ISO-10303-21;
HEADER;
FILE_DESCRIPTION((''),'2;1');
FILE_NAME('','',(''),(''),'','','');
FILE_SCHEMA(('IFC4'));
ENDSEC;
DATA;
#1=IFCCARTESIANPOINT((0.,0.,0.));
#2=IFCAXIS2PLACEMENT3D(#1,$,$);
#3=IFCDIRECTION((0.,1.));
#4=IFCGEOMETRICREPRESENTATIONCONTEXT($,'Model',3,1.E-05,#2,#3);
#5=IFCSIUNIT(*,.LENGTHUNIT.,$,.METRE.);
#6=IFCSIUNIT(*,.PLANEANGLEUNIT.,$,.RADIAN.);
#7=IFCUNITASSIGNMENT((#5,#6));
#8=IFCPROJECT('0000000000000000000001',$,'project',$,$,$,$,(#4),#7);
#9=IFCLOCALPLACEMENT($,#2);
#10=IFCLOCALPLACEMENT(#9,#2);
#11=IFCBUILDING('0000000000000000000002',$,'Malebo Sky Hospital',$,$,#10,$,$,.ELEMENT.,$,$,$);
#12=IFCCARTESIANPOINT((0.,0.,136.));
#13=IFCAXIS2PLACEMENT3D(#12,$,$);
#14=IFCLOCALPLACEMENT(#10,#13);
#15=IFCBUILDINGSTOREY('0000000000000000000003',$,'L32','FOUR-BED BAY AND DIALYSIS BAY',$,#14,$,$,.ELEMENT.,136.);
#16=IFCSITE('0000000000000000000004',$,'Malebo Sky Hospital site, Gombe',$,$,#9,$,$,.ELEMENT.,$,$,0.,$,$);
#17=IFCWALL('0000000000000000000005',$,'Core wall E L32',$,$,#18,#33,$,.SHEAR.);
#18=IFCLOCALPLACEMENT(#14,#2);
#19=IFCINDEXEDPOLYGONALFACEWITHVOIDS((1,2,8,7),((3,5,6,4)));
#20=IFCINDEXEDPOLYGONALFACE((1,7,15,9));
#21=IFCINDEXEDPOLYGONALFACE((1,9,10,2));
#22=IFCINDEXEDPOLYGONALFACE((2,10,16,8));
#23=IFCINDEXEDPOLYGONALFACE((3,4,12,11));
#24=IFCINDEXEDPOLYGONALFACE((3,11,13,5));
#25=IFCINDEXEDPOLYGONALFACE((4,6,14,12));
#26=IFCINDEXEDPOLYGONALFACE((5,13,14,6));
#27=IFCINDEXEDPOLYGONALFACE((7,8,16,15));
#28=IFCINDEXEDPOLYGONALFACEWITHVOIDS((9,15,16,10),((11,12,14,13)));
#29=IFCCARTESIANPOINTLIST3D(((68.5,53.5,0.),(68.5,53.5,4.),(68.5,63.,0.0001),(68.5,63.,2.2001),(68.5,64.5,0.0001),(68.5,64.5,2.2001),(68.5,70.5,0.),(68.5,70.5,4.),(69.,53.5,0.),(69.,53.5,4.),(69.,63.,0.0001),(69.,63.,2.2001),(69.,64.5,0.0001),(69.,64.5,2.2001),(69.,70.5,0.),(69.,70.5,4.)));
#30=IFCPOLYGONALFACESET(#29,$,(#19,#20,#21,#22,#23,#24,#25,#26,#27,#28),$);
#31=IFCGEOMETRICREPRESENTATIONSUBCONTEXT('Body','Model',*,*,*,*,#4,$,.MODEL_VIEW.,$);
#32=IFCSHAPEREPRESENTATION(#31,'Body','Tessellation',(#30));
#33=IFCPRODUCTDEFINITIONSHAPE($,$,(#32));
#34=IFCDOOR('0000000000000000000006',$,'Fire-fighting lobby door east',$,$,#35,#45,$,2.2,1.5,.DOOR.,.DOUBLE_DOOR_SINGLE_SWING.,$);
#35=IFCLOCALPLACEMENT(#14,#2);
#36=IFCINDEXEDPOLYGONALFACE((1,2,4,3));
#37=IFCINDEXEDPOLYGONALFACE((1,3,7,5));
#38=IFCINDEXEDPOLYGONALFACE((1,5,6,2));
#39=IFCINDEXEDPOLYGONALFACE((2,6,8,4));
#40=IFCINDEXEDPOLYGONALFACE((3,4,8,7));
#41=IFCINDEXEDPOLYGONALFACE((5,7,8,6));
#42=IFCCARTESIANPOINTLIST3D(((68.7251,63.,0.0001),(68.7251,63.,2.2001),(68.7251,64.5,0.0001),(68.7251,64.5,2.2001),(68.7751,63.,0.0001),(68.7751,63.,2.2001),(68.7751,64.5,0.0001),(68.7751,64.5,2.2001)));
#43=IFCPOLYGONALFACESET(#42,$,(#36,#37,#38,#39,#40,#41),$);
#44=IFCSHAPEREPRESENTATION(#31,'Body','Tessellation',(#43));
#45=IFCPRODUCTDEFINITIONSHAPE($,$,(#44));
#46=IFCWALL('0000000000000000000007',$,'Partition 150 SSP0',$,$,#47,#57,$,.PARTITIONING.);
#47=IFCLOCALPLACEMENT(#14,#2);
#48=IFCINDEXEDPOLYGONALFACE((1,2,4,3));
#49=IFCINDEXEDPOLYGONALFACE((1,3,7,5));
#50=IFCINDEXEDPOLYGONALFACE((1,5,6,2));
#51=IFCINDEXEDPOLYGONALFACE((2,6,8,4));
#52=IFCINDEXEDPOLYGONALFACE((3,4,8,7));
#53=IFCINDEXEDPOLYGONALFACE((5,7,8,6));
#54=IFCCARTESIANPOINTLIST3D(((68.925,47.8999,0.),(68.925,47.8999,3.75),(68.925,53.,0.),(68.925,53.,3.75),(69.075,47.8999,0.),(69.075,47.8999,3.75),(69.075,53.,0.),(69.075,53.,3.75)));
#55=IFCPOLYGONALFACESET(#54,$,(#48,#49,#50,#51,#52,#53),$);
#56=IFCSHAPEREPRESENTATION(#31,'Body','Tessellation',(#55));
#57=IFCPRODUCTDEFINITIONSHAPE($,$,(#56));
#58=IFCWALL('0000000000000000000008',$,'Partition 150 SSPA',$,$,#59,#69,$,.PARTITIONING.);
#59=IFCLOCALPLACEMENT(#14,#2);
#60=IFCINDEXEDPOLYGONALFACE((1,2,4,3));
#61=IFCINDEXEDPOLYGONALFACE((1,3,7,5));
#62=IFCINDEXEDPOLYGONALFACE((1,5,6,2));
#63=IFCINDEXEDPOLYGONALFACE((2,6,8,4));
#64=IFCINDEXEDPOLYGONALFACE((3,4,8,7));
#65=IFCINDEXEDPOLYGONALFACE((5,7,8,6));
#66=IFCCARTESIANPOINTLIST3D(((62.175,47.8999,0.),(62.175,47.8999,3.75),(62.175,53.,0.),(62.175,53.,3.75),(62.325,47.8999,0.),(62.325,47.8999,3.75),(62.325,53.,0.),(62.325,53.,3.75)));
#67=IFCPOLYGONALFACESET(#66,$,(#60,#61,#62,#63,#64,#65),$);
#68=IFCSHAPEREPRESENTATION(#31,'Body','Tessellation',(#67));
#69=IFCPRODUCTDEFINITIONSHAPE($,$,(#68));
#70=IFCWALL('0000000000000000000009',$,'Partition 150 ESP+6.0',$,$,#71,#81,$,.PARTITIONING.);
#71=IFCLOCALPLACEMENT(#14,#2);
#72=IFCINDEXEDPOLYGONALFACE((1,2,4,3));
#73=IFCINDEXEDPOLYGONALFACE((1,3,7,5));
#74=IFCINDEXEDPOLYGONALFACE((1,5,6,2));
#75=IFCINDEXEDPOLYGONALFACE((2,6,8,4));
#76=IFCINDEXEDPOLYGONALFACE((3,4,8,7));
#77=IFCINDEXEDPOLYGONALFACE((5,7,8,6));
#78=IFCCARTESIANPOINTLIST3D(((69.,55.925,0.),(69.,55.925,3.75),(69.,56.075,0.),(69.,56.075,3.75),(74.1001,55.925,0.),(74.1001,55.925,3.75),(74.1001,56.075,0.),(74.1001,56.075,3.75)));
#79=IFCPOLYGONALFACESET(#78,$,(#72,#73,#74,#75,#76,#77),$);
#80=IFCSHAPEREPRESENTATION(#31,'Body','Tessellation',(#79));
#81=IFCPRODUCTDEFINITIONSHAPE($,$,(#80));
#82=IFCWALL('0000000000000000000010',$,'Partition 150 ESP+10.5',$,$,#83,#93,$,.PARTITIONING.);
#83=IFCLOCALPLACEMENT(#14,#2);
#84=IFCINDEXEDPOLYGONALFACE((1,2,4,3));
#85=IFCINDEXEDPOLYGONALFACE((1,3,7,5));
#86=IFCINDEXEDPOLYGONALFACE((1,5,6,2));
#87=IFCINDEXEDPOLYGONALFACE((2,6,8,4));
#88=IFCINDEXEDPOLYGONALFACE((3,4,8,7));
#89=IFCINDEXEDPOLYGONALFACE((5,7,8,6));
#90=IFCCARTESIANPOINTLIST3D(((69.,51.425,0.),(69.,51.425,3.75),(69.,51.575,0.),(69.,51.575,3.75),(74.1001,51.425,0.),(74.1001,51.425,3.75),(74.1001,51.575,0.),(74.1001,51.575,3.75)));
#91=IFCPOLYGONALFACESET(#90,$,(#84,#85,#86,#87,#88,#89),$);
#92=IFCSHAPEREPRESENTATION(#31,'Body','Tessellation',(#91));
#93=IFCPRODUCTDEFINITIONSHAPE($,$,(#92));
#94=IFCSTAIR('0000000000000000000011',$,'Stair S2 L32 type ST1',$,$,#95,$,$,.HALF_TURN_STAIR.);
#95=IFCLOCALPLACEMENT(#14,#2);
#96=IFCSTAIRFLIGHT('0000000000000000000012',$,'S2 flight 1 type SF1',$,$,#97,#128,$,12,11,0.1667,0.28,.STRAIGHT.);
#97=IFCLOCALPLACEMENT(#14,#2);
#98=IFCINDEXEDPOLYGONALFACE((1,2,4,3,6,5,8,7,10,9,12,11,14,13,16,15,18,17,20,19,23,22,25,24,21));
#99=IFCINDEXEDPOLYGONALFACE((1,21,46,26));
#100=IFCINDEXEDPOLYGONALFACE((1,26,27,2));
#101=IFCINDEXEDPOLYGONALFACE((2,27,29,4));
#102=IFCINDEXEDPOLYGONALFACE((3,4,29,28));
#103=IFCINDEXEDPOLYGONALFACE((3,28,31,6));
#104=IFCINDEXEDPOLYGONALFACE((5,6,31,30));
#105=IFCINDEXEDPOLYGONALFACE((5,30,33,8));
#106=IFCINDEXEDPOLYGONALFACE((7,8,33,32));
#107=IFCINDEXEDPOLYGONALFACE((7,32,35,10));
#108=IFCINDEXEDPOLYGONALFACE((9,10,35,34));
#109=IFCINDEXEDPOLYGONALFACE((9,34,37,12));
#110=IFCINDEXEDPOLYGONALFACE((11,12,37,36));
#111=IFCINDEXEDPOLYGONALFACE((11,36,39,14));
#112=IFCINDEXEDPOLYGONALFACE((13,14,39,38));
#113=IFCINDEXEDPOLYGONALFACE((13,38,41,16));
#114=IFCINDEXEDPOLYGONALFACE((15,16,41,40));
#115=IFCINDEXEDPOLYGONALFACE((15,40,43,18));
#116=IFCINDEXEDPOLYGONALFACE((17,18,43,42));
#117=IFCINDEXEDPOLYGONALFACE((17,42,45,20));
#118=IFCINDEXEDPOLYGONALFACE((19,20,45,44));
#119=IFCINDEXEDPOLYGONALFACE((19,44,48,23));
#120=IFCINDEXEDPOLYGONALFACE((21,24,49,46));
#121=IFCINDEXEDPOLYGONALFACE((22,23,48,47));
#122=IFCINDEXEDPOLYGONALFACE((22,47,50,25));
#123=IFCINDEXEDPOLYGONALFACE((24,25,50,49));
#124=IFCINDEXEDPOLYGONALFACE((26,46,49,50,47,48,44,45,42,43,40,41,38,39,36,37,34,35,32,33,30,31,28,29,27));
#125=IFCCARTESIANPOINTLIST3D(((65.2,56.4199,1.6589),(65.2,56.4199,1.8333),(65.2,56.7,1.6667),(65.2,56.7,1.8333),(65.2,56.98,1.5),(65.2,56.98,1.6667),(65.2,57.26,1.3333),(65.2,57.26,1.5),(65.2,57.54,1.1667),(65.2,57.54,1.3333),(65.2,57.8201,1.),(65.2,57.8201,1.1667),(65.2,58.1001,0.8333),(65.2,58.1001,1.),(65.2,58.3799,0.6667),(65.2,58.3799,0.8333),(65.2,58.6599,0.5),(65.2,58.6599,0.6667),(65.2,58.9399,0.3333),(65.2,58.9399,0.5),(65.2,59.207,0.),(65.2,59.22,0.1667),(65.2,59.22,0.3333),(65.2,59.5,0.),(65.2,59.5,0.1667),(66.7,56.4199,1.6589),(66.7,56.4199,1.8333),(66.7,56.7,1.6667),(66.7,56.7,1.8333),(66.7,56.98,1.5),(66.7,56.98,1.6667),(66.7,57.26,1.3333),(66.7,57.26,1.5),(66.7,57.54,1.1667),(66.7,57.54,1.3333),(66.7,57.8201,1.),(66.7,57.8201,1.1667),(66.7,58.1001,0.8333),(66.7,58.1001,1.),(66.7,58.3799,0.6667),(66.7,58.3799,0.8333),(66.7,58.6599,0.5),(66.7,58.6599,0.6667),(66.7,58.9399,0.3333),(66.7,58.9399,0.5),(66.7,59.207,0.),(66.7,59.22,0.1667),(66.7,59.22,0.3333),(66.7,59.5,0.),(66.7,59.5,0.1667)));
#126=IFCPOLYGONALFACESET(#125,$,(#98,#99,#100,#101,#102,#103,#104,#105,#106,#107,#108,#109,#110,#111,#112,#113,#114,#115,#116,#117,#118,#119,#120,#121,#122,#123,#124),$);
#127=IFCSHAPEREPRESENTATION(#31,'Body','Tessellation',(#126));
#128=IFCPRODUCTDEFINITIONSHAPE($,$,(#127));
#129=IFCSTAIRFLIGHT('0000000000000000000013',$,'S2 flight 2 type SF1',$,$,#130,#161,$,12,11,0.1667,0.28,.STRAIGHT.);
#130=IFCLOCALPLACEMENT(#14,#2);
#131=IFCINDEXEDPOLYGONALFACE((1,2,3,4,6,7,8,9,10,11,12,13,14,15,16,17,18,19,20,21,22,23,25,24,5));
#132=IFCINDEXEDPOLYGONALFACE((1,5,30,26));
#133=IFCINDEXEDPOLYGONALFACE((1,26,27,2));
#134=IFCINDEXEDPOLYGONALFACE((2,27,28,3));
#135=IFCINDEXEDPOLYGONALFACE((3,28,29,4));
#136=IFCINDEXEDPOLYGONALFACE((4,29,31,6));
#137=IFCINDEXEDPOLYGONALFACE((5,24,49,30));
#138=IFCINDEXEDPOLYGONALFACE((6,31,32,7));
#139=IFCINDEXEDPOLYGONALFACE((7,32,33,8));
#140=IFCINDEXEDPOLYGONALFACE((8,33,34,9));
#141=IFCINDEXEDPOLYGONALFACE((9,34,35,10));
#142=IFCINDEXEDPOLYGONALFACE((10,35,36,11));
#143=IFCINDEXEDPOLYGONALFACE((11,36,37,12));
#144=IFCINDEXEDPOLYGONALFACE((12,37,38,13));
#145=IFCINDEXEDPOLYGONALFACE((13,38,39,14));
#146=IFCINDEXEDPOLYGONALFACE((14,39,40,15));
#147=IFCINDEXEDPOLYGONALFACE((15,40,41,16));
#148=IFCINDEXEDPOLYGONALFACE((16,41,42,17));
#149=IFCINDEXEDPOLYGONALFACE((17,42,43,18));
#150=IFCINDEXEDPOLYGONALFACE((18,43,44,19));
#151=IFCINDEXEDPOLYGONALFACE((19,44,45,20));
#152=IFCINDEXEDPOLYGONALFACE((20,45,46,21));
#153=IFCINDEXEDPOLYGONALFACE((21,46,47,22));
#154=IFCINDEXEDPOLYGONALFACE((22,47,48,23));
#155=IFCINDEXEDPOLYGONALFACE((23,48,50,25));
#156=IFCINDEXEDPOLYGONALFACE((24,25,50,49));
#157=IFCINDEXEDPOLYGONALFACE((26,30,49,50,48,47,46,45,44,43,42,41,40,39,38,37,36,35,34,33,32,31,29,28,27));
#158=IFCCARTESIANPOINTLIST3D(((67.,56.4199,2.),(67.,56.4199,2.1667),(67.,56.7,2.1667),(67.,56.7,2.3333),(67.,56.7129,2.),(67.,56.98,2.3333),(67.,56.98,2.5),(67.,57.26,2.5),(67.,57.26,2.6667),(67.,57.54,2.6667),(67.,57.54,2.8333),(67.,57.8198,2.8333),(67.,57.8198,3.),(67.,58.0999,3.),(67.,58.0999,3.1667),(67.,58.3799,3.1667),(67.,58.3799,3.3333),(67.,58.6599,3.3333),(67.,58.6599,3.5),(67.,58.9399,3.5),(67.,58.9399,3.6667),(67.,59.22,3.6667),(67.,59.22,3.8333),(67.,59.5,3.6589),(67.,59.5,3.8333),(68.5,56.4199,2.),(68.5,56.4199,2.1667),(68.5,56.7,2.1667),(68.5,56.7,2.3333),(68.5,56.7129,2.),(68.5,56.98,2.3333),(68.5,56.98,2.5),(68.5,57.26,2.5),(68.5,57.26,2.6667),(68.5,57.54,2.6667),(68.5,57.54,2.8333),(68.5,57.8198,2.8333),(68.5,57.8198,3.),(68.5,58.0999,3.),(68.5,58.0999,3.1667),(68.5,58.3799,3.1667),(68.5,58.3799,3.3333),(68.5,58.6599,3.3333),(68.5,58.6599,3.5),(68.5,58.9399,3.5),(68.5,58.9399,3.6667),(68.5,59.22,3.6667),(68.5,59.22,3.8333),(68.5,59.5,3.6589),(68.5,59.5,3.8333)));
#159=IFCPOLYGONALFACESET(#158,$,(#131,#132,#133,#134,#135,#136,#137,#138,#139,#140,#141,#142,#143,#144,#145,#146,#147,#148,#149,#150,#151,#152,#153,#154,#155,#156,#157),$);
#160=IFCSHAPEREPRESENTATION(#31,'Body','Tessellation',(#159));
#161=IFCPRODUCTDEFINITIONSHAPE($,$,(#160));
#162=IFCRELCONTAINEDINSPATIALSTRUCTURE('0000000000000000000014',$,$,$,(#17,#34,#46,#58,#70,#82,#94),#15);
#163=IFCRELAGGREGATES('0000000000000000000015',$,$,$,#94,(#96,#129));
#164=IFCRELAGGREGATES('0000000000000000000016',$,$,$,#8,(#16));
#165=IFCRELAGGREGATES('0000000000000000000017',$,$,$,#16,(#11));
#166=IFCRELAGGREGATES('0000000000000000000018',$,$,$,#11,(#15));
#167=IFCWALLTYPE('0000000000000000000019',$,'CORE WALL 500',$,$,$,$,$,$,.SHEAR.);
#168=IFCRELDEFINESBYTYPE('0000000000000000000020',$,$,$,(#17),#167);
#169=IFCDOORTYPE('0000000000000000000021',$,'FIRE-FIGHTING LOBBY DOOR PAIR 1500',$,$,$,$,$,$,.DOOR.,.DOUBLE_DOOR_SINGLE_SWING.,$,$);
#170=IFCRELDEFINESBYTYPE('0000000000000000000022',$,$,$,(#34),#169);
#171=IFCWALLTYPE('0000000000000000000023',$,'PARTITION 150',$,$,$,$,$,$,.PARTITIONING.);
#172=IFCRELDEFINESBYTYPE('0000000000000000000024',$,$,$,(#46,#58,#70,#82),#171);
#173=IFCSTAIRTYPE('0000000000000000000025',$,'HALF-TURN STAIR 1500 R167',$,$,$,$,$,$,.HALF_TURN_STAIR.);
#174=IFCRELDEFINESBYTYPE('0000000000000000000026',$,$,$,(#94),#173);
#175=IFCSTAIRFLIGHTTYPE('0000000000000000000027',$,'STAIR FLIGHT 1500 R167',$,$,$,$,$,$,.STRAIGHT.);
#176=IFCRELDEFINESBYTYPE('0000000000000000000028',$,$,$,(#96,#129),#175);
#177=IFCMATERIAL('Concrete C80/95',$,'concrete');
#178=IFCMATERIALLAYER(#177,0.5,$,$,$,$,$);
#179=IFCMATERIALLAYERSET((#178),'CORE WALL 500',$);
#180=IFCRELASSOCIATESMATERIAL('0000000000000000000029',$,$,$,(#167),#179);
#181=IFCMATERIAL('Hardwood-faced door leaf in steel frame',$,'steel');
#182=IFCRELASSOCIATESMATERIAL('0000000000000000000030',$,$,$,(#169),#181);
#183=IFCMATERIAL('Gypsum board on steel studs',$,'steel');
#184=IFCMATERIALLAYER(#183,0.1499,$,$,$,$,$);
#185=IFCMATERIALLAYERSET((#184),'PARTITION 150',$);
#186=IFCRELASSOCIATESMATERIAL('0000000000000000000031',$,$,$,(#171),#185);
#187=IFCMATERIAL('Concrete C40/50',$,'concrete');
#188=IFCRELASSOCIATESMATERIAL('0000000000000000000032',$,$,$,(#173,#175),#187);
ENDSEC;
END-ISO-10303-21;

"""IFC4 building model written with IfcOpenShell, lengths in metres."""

from ifc_helpers import new_model, si_unit, direction, frame, frame_2d, origin, place, context, subcontext, project, spatial, polyline, rectangle, outline, extrude, material, layer, layer_set, type_object, element, fill, aggregate, save


model = new_model("IFC4")

# Units and contexts
model_context = context("Model", 3, precision=1e-05, world=origin(), true_north=direction((0.0, 1.0)))
body_context = subcontext(model_context, "Body", "Model", "MODEL_VIEW")
ifc_project = project(units=[si_unit("LENGTHUNIT", "METRE"), si_unit("PLANEANGLEUNIT", "RADIAN")], contexts=[model_context])

# Site, building, storey
site_placement = place(None, origin())
site = spatial("IfcSite", under=ifc_project, at=site_placement, Name="Malebo Sky Hospital site, Gombe", CompositionType="ELEMENT", RefElevation=0.0)
building_placement = place(site_placement, origin())
building = spatial("IfcBuilding", under=site, at=building_placement, Name="Malebo Sky Hospital", CompositionType="ELEMENT")
storey_placement = place(building_placement, frame((0.0, 0.0, 136.0)))
storey = spatial("IfcBuildingStorey", under=building, at=storey_placement, Name="L32", Description="FOUR-BED BAY AND DIALYSIS BAY", CompositionType="ELEMENT", Elevation=136.0)

# Shared definitions
ifc_material_1 = material(Name="Concrete C80/95", Category="concrete")

# Wall, opening, door
ifc_material_2 = material(Name="Hardwood-faced door leaf in steel frame", Category="steel")
ifc_layer_1 = layer(ifc_material_1, 0.5)
ifc_layer_set_1 = layer_set([ifc_layer_1], Name="CORE WALL 500")
wall_type_1 = type_object("IfcWallType", Name="CORE WALL 500", PredefinedType="SHEAR", material=ifc_layer_set_1)
wall_1_placement = place(storey_placement, frame((68.75, 53.5, 0.0), z_axis=(0.0, 0.0, 1.0), x_axis=(0.0, 1.0, 0.0)))
wall_1 = element("IfcWall", 1, at=wall_1_placement, inside=storey, type_object=wall_type_1, Name="Core wall E L32", PredefinedType="SHEAR", context=body_context, shape_type="SweptSolid", body=[
    extrude(rectangle(XDim=17.0, YDim=0.5, at=frame_2d((8.5, 0.0))), origin(), (0.0, 0.0, 1.0), 4.0),
])
opening_1_placement = place(wall_1_placement, frame((9.5, 0.0, 0.0)))
opening_1 = element("IfcOpeningElement", 2, at=opening_1_placement, cuts=wall_1, PredefinedType="OPENING", context=body_context, shape_type="SweptSolid", body=[
    extrude(rectangle(XDim=1.5, YDim=2.2, at=frame_2d((0.75, 1.1001))), frame((0.0, 0.26, 0.0), z_axis=(0.0, -1.0, 0.0), x_axis=(1.0, 0.0, 0.0)), (0.0, 0.0, 1.0), 0.52),
])
door_type_1 = type_object("IfcDoorType", Name="FIRE-FIGHTING LOBBY DOOR PAIR 1500", OperationType="DOUBLE_DOOR_SINGLE_SWING", PredefinedType="DOOR", material=ifc_material_2)
door_1_placement = place(opening_1_placement, origin())
door_1 = element("IfcDoor", 3, at=door_1_placement, inside=storey, type_object=door_type_1, Name="Fire-fighting lobby door east", OperationType="DOUBLE_DOOR_SINGLE_SWING", OverallHeight=2.2, OverallWidth=1.5, PredefinedType="DOOR", context=body_context, shape_type="SweptSolid", body=[
    extrude(rectangle(XDim=1.5, YDim=2.2, at=frame_2d((0.75, 1.1001))), frame((0.0, 0.0249, 0.0), z_axis=(0.0, -1.0, 0.0), x_axis=(1.0, 0.0, 0.0)), (0.0, 0.0, 1.0), 0.05),
])
fill(opening_1, door_1)

# Walls
ifc_material_3 = material(Name="Gypsum board on steel studs", Category="steel")
ifc_layer_2 = layer(ifc_material_3, 0.1499)
ifc_layer_set_2 = layer_set([ifc_layer_2], Name="PARTITION 150")
wall_type_2 = type_object("IfcWallType", Name="PARTITION 150", PredefinedType="PARTITIONING", material=ifc_layer_set_2)
for number, where, z_axis, x_axis, name in (
    (4, (69.0, 53.0, 0.0), (0.0, 0.0, 1.0), (0.0, -1.0, 0.0), "Partition 150 SSP0"),
    (5, (62.25, 53.0, 0.0), (0.0, 0.0, 1.0), (0.0, -1.0, 0.0), "Partition 150 SSPA"),
    (6, (69.0, 56.0, 0.0), (0.0, 0.0, 1.0), (1.0, 0.0, 0.0), "Partition 150 ESP+6.0"),
    (7, (69.0, 51.5, 0.0), (0.0, 0.0, 1.0), (1.0, 0.0, 0.0), "Partition 150 ESP+10.5"),
):
    element("IfcWall", number, at=place(storey_placement, frame(where, z_axis=z_axis, x_axis=x_axis)), inside=storey, type_object=wall_type_2, Name=name, PredefinedType="PARTITIONING", context=body_context, shape_type="SweptSolid", body=[
        extrude(rectangle(XDim=5.1001, YDim=0.1499, at=frame_2d((2.55, 0.0))), origin(), (0.0, 0.0, 1.0), 3.75),
    ])

# Stair, stair flights
ifc_material_4 = material(Name="Concrete C40/50", Category="concrete")
stair_type = type_object("IfcStairType", Name="HALF-TURN STAIR 1500 R167", PredefinedType="HALF_TURN_STAIR", material=ifc_material_4)
stair_placement = place(storey_placement, origin())
stair = element("IfcStair", 8, at=stair_placement, inside=storey, type_object=stair_type, Name="Stair S2 L32 type ST1", PredefinedType="HALF_TURN_STAIR")
stair_flight_type = type_object("IfcStairFlightType", Name="STAIR FLIGHT 1500 R167", PredefinedType="STRAIGHT", material=ifc_material_4)
stair_flight_1_placement = place(storey_placement, frame((65.95, 59.5, 0.0), z_axis=(0.0, 0.0, 1.0), x_axis=(0.0, -1.0, 0.0)))
stair_flight_1 = element("IfcStairFlight", 9, at=stair_flight_1_placement, type_object=stair_flight_type, Name="S2 flight 1 type SF1", NumberOfRisers=12, NumberOfTreads=11, PredefinedType="STRAIGHT", RiserHeight=0.1667, TreadLength=0.28, context=body_context, shape_type="SweptSolid", body=[
    extrude(outline(polyline([(0.0, 0.0), (0.0, 0.1667), (0.28, 0.1667), (0.28, 0.3333), (0.5601, 0.3333), (0.5601, 0.5), (0.8401, 0.5), (0.8401, 0.6667), (1.1201, 0.6667), (1.1201, 0.8333), (1.3999, 0.8333), (1.3999, 1.0), (1.6799, 1.0), (1.6799, 1.1667), (1.96, 1.1667), (1.96, 1.3333), (2.24, 1.3333), (2.24, 1.5), (2.52, 1.5), (2.52, 1.6667), (2.8, 1.6667), (2.8, 1.8333), (3.0801, 1.8333), (3.0801, 2.0), (3.0801, 1.6589), (0.293, 0.0), (0.0, 0.0)])), frame((0.0, 0.75, 0.0), z_axis=(0.0, -1.0, 0.0), x_axis=(1.0, 0.0, 0.0)), (0.0, 0.0, 1.0), 1.5),
])
stair_flight_2_placement = place(storey_placement, frame((67.75, 56.4199, 2.0), z_axis=(0.0, 0.0, 1.0), x_axis=(0.0, 1.0, 0.0)))
stair_flight_2 = element("IfcStairFlight", 10, at=stair_flight_2_placement, type_object=stair_flight_type, Name="S2 flight 2 type SF1", NumberOfRisers=12, NumberOfTreads=11, PredefinedType="STRAIGHT", RiserHeight=0.1667, TreadLength=0.28, context=body_context, shape_type="SweptSolid", body=[
    extrude(outline(polyline([(0.0, 0.0), (0.0, 0.1667), (0.28, 0.1667), (0.28, 0.3333), (0.5601, 0.3333), (0.5601, 0.5), (0.8401, 0.5), (0.8401, 0.6667), (1.1201, 0.6667), (1.1201, 0.8333), (1.3999, 0.8333), (1.3999, 1.0), (1.6799, 1.0), (1.6799, 1.1667), (1.96, 1.1667), (1.96, 1.3333), (2.24, 1.3333), (2.24, 1.5), (2.52, 1.5), (2.52, 1.6667), (2.8, 1.6667), (2.8, 1.8333), (3.0801, 1.8333), (3.0801, 2.0), (3.0801, 1.6589), (0.293, 0.0), (0.0, 0.0)])), frame((0.0, 0.75, 0.0), z_axis=(0.0, -1.0, 0.0), x_axis=(1.0, 0.0, 0.0)), (0.0, 0.0, 1.0), 1.5),
])
aggregate(stair, [stair_flight_1, stair_flight_2])

save(model, "model.ifc")
